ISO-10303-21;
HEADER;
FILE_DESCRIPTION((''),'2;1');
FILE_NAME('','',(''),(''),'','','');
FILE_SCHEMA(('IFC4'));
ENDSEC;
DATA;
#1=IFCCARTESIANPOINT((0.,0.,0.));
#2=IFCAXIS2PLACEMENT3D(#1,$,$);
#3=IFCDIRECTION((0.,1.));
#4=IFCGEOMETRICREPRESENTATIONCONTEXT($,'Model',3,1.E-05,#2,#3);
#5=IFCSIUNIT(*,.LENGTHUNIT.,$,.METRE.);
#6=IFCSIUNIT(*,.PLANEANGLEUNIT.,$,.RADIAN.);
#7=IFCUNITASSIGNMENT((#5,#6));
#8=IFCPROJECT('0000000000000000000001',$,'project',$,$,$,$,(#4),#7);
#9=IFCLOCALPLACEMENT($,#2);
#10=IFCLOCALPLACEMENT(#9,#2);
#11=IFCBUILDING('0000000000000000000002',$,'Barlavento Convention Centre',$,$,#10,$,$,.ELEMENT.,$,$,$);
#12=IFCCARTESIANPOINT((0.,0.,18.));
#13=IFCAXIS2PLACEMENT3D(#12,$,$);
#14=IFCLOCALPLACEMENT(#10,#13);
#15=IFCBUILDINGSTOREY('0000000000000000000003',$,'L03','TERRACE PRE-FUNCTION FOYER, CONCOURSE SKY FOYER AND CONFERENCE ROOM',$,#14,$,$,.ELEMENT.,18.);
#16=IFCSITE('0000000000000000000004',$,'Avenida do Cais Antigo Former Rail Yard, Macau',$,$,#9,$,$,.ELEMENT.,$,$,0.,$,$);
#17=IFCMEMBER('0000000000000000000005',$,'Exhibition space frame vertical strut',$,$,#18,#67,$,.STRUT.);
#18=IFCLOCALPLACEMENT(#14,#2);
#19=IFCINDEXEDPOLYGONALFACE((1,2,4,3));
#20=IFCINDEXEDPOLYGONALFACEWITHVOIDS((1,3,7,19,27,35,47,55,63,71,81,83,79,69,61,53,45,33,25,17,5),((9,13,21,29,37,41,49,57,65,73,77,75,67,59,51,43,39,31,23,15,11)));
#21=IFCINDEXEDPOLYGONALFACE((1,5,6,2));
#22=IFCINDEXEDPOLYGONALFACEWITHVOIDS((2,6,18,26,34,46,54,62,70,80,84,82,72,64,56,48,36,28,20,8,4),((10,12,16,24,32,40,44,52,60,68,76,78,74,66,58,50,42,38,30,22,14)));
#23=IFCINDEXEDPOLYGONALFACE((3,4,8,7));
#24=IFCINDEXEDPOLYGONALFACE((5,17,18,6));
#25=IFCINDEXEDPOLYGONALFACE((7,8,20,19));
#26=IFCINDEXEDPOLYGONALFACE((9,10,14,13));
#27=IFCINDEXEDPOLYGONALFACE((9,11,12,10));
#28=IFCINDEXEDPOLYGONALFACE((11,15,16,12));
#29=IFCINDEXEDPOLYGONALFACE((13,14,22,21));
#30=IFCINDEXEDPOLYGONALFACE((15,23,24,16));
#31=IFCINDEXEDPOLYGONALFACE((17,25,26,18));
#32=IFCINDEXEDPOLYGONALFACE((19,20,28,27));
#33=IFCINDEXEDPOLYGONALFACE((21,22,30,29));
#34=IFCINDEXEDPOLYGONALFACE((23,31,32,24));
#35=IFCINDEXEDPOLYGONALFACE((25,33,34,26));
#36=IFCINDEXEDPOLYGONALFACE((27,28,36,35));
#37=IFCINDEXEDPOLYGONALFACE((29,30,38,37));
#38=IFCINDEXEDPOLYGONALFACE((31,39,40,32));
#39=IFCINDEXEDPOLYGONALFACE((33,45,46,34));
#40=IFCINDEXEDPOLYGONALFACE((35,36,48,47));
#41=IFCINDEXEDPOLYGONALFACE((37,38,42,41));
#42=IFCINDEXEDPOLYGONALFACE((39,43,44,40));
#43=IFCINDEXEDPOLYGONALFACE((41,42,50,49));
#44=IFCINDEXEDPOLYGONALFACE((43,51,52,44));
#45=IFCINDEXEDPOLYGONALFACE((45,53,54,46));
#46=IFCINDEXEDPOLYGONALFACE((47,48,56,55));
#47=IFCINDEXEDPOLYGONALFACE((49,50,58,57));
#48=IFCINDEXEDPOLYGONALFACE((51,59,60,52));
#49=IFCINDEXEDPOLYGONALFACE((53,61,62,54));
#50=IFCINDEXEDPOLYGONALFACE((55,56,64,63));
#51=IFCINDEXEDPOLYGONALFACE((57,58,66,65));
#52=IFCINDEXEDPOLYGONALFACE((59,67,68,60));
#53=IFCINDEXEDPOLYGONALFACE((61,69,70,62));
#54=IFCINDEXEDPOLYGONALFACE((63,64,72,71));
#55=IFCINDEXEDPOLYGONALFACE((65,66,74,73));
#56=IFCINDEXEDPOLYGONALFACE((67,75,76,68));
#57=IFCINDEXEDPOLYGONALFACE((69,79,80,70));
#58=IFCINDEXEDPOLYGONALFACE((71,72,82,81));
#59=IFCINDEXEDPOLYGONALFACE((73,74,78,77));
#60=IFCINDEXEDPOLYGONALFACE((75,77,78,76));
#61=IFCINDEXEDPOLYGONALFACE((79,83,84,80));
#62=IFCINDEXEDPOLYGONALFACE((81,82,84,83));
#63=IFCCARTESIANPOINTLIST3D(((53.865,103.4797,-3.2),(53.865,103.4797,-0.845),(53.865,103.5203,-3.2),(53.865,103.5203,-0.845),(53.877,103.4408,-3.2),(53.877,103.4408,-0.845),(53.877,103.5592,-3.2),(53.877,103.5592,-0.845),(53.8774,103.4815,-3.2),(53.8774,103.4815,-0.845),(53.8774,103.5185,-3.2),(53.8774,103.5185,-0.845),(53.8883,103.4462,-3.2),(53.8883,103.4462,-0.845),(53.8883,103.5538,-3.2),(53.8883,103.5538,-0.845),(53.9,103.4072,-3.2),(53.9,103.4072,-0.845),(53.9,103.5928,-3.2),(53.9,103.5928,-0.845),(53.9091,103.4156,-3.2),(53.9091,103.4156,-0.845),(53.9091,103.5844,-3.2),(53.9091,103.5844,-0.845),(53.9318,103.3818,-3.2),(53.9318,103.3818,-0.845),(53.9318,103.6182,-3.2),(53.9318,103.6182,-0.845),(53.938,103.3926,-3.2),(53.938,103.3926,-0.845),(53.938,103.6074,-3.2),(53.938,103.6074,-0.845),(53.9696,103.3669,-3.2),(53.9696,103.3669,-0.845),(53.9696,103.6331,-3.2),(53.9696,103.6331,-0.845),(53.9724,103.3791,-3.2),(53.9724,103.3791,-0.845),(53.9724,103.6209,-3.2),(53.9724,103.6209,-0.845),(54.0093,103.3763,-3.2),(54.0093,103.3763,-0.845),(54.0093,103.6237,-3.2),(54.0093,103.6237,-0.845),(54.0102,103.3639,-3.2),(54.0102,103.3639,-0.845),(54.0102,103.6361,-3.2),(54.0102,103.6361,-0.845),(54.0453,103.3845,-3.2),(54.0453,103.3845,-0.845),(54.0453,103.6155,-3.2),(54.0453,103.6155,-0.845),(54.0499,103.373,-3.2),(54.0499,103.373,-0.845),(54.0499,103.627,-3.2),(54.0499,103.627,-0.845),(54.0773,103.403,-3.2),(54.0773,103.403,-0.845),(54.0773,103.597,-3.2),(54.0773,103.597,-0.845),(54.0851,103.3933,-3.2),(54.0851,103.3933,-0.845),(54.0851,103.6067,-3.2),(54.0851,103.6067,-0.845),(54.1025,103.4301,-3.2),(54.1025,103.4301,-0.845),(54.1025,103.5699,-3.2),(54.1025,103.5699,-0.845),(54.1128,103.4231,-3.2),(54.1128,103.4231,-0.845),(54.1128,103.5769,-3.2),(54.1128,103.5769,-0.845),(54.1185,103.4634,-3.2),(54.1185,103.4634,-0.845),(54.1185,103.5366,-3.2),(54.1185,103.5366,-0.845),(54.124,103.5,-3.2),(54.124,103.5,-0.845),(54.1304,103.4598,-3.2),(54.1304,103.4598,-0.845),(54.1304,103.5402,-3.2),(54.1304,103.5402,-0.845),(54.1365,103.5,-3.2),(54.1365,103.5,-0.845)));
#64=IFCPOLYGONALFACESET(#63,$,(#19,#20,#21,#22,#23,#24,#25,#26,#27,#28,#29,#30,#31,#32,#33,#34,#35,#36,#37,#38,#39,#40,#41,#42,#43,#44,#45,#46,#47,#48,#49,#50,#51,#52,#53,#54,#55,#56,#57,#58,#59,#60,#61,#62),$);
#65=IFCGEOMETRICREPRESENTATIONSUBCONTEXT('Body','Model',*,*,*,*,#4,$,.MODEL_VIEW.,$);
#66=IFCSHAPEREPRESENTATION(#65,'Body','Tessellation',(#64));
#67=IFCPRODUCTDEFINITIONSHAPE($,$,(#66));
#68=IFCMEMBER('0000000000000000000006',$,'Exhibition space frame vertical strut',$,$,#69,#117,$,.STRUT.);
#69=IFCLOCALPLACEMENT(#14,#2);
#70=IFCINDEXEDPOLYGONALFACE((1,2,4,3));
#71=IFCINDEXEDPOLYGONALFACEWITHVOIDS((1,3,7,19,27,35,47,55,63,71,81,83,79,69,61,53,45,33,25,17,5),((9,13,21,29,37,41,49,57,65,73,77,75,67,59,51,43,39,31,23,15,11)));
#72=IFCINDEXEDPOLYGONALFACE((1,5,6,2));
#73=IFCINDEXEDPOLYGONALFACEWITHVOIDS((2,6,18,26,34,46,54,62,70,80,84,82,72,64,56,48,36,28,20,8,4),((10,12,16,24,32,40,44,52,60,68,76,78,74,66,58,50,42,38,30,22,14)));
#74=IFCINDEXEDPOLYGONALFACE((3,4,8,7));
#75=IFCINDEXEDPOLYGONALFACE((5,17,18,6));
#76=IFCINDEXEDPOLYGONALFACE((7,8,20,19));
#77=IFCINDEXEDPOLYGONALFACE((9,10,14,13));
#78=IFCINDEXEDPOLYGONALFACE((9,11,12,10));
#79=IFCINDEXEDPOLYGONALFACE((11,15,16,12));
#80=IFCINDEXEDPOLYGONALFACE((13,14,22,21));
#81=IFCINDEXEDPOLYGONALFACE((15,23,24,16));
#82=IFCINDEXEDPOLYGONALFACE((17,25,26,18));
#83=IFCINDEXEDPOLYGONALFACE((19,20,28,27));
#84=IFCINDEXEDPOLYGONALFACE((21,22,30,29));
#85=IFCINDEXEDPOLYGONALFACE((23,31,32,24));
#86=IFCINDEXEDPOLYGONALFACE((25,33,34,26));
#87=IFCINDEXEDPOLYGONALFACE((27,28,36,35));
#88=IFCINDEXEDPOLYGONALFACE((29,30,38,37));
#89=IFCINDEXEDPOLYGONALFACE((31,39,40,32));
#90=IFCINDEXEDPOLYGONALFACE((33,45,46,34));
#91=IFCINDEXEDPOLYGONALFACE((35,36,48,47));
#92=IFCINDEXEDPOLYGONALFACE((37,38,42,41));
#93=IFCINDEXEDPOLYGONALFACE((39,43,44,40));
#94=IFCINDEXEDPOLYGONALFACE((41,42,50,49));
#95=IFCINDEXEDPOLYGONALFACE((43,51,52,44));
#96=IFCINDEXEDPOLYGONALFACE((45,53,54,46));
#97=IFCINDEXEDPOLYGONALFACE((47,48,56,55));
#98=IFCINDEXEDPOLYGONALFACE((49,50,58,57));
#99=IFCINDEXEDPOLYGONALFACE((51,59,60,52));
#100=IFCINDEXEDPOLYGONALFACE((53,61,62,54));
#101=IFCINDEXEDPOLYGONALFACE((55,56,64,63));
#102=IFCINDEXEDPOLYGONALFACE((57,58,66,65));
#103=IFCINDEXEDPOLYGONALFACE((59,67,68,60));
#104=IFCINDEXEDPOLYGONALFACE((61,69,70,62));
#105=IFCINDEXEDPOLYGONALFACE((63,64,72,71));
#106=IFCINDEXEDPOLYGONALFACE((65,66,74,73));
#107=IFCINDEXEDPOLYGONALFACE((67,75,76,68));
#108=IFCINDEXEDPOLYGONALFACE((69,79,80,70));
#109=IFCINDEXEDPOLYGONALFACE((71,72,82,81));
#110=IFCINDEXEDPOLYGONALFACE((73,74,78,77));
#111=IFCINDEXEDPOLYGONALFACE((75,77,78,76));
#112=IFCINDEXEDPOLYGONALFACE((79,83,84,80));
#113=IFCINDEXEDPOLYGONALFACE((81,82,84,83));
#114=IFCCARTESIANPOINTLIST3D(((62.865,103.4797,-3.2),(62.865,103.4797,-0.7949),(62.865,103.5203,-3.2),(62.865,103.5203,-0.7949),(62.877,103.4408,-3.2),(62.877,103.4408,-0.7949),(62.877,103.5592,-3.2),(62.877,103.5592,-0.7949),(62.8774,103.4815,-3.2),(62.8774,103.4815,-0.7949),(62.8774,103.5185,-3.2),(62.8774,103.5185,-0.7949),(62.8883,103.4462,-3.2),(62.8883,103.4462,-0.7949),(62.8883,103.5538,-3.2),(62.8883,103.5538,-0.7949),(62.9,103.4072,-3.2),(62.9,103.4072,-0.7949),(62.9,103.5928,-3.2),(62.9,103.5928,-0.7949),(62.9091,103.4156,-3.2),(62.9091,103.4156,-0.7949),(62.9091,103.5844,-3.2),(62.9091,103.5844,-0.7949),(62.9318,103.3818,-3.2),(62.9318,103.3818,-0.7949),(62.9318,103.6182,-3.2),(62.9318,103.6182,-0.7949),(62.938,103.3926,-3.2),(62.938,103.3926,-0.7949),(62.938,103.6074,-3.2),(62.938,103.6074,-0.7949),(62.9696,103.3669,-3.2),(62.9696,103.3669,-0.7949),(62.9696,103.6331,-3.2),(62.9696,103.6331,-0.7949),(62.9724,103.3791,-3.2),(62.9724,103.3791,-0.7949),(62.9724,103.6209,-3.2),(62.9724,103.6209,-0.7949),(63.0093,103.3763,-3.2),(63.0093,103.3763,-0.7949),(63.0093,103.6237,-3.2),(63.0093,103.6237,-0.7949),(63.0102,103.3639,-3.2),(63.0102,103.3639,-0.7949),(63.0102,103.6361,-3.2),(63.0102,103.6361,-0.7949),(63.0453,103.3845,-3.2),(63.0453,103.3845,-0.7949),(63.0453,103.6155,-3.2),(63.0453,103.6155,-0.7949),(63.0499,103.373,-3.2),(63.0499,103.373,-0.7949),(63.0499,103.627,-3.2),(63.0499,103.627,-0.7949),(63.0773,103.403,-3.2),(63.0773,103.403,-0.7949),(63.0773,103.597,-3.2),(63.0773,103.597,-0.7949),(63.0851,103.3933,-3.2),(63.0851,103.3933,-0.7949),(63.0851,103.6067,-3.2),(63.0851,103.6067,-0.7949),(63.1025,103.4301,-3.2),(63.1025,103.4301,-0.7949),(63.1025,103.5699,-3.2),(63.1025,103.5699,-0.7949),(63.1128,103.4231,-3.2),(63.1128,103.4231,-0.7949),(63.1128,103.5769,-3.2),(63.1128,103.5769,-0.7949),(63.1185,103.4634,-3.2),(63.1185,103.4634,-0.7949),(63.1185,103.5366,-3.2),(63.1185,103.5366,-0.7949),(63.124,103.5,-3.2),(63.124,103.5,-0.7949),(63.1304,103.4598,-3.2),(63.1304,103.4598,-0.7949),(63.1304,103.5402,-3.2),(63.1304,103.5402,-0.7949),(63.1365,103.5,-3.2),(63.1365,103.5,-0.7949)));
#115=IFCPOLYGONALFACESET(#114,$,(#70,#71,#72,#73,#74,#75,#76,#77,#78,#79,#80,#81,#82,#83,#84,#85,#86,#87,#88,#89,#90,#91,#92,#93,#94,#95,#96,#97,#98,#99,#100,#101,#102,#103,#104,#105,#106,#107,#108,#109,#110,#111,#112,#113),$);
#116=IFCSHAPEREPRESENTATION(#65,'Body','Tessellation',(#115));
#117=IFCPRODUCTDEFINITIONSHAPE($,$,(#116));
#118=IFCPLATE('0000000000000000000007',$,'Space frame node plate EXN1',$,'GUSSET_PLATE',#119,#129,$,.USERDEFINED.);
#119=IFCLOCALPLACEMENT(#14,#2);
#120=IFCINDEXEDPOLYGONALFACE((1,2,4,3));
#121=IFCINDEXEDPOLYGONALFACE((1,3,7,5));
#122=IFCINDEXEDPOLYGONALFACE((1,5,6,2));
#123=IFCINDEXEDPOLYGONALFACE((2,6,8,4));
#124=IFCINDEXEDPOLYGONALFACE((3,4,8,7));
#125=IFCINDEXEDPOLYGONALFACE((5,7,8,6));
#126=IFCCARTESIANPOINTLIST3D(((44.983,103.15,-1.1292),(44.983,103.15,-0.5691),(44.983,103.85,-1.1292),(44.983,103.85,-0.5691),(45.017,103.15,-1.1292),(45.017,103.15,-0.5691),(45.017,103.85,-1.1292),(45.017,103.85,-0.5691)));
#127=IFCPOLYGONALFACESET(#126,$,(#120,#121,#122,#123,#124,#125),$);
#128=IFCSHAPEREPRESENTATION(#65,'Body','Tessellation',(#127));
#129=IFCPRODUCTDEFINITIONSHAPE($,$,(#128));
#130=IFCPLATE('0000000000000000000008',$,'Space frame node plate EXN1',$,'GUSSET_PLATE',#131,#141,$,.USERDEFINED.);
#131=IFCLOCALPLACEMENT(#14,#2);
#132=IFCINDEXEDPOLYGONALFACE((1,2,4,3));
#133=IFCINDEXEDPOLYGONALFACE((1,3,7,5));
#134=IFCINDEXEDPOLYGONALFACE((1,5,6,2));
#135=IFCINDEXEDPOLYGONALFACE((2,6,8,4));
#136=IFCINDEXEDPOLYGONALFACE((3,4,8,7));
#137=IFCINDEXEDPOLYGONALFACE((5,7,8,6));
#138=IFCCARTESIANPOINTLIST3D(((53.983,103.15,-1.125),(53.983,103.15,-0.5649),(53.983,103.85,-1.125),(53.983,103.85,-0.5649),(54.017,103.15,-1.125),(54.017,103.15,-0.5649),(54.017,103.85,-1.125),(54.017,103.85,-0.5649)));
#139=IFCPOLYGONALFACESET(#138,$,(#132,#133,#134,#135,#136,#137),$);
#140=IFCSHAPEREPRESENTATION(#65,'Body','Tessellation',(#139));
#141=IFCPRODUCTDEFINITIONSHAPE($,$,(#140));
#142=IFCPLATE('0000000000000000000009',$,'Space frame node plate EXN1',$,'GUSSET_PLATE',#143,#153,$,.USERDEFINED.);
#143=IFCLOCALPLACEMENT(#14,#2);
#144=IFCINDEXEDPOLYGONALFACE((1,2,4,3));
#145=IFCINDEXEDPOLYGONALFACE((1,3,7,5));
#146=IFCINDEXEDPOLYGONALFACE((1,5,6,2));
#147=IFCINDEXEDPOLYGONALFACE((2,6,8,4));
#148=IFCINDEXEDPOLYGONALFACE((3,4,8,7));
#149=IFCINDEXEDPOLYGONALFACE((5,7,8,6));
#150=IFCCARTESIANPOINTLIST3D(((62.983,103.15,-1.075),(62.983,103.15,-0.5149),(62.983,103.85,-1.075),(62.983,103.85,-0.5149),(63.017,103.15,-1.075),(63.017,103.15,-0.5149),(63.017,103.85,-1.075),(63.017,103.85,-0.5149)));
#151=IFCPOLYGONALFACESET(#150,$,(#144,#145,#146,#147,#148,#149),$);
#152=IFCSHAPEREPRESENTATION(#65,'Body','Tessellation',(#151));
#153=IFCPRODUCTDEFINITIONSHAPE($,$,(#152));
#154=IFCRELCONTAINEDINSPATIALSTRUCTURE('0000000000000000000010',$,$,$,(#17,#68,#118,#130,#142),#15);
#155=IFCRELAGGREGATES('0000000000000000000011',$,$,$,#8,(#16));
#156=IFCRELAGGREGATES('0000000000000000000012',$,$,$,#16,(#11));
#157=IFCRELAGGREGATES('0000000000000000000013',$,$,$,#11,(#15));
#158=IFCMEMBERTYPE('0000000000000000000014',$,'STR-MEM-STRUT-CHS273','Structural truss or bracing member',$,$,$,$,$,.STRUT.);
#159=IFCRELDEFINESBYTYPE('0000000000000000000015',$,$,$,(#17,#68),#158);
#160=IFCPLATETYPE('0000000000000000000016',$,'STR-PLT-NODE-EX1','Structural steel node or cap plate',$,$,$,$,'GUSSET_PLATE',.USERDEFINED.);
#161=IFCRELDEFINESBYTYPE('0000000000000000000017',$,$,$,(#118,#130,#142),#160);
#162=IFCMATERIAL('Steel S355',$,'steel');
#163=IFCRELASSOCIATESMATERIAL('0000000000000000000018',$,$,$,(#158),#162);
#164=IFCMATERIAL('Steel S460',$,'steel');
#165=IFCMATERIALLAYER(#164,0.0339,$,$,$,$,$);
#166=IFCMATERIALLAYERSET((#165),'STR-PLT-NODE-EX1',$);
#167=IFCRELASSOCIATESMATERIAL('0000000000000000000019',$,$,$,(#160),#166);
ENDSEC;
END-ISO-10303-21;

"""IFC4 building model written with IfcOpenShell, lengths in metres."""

from ifc_helpers import new_model, si_unit, direction, frame, origin, origin_2d, place, context, subcontext, project, spatial, rectangle, hollow_circle, extrude, material, layer, layer_set, material_profile, profile_set, type_object, element, save


model = new_model("IFC4")

# Units and contexts
model_context = context("Model", 3, precision=1e-05, world=origin(), true_north=direction((0.0, 1.0)))
body_context = subcontext(model_context, "Body", "Model", "MODEL_VIEW")
ifc_project = project(units=[si_unit("LENGTHUNIT", "METRE"), si_unit("PLANEANGLEUNIT", "RADIAN")], contexts=[model_context])

# Site, building, storey
site_placement = place(None, origin())
site = spatial("IfcSite", under=ifc_project, at=site_placement, Name="Avenida do Cais Antigo Former Rail Yard, Macau", CompositionType="ELEMENT", RefElevation=0.0)
building_placement = place(site_placement, origin())
building = spatial("IfcBuilding", under=site, at=building_placement, Name="Barlavento Convention Centre", CompositionType="ELEMENT")
storey_placement = place(building_placement, frame((0.0, 0.0, 18.0)))
storey = spatial("IfcBuildingStorey", under=building, at=storey_placement, Name="L03", Description="TERRACE PRE-FUNCTION FOYER, CONCOURSE SKY FOYER AND CONFERENCE ROOM", CompositionType="ELEMENT", Elevation=18.0)

# Shared definitions
ifc_material_1 = material(Name="Steel S355", Category="steel")

# Members
ifc_material_profile_1 = material_profile(ifc_material_1, hollow_circle(Radius=0.1365, WallThickness=0.0125, at=origin_2d()), Name="CHS 273.0x12.5")
ifc_profile_set_1 = profile_set([ifc_material_profile_1], Name="Steel S355")
member_type_1 = type_object("IfcMemberType", Name="STR-MEM-STRUT-CHS273", Description="Structural truss or bracing member", PredefinedType="STRUT", material=ifc_profile_set_1)
member_1_placement = place(storey_placement, frame((54.0, 103.5, -3.2), z_axis=(0.0, 0.0, 1.0), x_axis=(1.0, 0.0, 0.0)))
element("IfcMember", 1, at=member_1_placement, inside=storey, type_object=member_type_1, Name="Exhibition space frame vertical strut", PredefinedType="STRUT", context=body_context, shape_type="SweptSolid", body=[
    extrude(hollow_circle(Radius=0.1365, WallThickness=0.0125, at=origin_2d()), origin(), (0.0, 0.0, 1.0), 2.355),
])
member_2_placement = place(storey_placement, frame((63.0, 103.5, -3.2), z_axis=(0.0, 0.0, 1.0), x_axis=(1.0, 0.0, 0.0)))
element("IfcMember", 2, at=member_2_placement, inside=storey, type_object=member_type_1, Name="Exhibition space frame vertical strut", PredefinedType="STRUT", context=body_context, shape_type="SweptSolid", body=[
    extrude(hollow_circle(Radius=0.1365, WallThickness=0.0125, at=origin_2d()), origin(), (0.0, 0.0, 1.0), 2.405),
])

# Plates
ifc_material_2 = material(Name="Steel S460", Category="steel")
ifc_layer = layer(ifc_material_2, 0.0339)
ifc_layer_set = layer_set([ifc_layer], Name="STR-PLT-NODE-EX1")
plate_type = type_object("IfcPlateType", Name="STR-PLT-NODE-EX1", Description="Structural steel node or cap plate", ElementType="GUSSET_PLATE", PredefinedType="USERDEFINED", material=ifc_layer_set)
for number, where, z_axis, x_axis, name in (
    (3, (45.0, 103.5, -1.1292), (0.0, 0.0, 1.0), (1.0, 0.0, 0.0), "Space frame node plate EXN1"),
    (4, (54.0, 103.5, -1.125), (0.0, 0.0, 1.0), (1.0, 0.0, 0.0), "Space frame node plate EXN1"),
    (5, (63.0, 103.5, -1.075), (0.0, 0.0, 1.0), (1.0, 0.0, 0.0), "Space frame node plate EXN1"),
):
    element("IfcPlate", number, at=place(storey_placement, frame(where, z_axis=z_axis, x_axis=x_axis)), inside=storey, type_object=plate_type, Name=name, ObjectType="GUSSET_PLATE", PredefinedType="USERDEFINED", context=body_context, shape_type="SweptSolid", body=[
        extrude(rectangle(XDim=0.0339, YDim=0.7, at=origin_2d()), origin(), (0.0, 0.0, 1.0), 0.5601),
    ])

save(model, "model.ifc")
